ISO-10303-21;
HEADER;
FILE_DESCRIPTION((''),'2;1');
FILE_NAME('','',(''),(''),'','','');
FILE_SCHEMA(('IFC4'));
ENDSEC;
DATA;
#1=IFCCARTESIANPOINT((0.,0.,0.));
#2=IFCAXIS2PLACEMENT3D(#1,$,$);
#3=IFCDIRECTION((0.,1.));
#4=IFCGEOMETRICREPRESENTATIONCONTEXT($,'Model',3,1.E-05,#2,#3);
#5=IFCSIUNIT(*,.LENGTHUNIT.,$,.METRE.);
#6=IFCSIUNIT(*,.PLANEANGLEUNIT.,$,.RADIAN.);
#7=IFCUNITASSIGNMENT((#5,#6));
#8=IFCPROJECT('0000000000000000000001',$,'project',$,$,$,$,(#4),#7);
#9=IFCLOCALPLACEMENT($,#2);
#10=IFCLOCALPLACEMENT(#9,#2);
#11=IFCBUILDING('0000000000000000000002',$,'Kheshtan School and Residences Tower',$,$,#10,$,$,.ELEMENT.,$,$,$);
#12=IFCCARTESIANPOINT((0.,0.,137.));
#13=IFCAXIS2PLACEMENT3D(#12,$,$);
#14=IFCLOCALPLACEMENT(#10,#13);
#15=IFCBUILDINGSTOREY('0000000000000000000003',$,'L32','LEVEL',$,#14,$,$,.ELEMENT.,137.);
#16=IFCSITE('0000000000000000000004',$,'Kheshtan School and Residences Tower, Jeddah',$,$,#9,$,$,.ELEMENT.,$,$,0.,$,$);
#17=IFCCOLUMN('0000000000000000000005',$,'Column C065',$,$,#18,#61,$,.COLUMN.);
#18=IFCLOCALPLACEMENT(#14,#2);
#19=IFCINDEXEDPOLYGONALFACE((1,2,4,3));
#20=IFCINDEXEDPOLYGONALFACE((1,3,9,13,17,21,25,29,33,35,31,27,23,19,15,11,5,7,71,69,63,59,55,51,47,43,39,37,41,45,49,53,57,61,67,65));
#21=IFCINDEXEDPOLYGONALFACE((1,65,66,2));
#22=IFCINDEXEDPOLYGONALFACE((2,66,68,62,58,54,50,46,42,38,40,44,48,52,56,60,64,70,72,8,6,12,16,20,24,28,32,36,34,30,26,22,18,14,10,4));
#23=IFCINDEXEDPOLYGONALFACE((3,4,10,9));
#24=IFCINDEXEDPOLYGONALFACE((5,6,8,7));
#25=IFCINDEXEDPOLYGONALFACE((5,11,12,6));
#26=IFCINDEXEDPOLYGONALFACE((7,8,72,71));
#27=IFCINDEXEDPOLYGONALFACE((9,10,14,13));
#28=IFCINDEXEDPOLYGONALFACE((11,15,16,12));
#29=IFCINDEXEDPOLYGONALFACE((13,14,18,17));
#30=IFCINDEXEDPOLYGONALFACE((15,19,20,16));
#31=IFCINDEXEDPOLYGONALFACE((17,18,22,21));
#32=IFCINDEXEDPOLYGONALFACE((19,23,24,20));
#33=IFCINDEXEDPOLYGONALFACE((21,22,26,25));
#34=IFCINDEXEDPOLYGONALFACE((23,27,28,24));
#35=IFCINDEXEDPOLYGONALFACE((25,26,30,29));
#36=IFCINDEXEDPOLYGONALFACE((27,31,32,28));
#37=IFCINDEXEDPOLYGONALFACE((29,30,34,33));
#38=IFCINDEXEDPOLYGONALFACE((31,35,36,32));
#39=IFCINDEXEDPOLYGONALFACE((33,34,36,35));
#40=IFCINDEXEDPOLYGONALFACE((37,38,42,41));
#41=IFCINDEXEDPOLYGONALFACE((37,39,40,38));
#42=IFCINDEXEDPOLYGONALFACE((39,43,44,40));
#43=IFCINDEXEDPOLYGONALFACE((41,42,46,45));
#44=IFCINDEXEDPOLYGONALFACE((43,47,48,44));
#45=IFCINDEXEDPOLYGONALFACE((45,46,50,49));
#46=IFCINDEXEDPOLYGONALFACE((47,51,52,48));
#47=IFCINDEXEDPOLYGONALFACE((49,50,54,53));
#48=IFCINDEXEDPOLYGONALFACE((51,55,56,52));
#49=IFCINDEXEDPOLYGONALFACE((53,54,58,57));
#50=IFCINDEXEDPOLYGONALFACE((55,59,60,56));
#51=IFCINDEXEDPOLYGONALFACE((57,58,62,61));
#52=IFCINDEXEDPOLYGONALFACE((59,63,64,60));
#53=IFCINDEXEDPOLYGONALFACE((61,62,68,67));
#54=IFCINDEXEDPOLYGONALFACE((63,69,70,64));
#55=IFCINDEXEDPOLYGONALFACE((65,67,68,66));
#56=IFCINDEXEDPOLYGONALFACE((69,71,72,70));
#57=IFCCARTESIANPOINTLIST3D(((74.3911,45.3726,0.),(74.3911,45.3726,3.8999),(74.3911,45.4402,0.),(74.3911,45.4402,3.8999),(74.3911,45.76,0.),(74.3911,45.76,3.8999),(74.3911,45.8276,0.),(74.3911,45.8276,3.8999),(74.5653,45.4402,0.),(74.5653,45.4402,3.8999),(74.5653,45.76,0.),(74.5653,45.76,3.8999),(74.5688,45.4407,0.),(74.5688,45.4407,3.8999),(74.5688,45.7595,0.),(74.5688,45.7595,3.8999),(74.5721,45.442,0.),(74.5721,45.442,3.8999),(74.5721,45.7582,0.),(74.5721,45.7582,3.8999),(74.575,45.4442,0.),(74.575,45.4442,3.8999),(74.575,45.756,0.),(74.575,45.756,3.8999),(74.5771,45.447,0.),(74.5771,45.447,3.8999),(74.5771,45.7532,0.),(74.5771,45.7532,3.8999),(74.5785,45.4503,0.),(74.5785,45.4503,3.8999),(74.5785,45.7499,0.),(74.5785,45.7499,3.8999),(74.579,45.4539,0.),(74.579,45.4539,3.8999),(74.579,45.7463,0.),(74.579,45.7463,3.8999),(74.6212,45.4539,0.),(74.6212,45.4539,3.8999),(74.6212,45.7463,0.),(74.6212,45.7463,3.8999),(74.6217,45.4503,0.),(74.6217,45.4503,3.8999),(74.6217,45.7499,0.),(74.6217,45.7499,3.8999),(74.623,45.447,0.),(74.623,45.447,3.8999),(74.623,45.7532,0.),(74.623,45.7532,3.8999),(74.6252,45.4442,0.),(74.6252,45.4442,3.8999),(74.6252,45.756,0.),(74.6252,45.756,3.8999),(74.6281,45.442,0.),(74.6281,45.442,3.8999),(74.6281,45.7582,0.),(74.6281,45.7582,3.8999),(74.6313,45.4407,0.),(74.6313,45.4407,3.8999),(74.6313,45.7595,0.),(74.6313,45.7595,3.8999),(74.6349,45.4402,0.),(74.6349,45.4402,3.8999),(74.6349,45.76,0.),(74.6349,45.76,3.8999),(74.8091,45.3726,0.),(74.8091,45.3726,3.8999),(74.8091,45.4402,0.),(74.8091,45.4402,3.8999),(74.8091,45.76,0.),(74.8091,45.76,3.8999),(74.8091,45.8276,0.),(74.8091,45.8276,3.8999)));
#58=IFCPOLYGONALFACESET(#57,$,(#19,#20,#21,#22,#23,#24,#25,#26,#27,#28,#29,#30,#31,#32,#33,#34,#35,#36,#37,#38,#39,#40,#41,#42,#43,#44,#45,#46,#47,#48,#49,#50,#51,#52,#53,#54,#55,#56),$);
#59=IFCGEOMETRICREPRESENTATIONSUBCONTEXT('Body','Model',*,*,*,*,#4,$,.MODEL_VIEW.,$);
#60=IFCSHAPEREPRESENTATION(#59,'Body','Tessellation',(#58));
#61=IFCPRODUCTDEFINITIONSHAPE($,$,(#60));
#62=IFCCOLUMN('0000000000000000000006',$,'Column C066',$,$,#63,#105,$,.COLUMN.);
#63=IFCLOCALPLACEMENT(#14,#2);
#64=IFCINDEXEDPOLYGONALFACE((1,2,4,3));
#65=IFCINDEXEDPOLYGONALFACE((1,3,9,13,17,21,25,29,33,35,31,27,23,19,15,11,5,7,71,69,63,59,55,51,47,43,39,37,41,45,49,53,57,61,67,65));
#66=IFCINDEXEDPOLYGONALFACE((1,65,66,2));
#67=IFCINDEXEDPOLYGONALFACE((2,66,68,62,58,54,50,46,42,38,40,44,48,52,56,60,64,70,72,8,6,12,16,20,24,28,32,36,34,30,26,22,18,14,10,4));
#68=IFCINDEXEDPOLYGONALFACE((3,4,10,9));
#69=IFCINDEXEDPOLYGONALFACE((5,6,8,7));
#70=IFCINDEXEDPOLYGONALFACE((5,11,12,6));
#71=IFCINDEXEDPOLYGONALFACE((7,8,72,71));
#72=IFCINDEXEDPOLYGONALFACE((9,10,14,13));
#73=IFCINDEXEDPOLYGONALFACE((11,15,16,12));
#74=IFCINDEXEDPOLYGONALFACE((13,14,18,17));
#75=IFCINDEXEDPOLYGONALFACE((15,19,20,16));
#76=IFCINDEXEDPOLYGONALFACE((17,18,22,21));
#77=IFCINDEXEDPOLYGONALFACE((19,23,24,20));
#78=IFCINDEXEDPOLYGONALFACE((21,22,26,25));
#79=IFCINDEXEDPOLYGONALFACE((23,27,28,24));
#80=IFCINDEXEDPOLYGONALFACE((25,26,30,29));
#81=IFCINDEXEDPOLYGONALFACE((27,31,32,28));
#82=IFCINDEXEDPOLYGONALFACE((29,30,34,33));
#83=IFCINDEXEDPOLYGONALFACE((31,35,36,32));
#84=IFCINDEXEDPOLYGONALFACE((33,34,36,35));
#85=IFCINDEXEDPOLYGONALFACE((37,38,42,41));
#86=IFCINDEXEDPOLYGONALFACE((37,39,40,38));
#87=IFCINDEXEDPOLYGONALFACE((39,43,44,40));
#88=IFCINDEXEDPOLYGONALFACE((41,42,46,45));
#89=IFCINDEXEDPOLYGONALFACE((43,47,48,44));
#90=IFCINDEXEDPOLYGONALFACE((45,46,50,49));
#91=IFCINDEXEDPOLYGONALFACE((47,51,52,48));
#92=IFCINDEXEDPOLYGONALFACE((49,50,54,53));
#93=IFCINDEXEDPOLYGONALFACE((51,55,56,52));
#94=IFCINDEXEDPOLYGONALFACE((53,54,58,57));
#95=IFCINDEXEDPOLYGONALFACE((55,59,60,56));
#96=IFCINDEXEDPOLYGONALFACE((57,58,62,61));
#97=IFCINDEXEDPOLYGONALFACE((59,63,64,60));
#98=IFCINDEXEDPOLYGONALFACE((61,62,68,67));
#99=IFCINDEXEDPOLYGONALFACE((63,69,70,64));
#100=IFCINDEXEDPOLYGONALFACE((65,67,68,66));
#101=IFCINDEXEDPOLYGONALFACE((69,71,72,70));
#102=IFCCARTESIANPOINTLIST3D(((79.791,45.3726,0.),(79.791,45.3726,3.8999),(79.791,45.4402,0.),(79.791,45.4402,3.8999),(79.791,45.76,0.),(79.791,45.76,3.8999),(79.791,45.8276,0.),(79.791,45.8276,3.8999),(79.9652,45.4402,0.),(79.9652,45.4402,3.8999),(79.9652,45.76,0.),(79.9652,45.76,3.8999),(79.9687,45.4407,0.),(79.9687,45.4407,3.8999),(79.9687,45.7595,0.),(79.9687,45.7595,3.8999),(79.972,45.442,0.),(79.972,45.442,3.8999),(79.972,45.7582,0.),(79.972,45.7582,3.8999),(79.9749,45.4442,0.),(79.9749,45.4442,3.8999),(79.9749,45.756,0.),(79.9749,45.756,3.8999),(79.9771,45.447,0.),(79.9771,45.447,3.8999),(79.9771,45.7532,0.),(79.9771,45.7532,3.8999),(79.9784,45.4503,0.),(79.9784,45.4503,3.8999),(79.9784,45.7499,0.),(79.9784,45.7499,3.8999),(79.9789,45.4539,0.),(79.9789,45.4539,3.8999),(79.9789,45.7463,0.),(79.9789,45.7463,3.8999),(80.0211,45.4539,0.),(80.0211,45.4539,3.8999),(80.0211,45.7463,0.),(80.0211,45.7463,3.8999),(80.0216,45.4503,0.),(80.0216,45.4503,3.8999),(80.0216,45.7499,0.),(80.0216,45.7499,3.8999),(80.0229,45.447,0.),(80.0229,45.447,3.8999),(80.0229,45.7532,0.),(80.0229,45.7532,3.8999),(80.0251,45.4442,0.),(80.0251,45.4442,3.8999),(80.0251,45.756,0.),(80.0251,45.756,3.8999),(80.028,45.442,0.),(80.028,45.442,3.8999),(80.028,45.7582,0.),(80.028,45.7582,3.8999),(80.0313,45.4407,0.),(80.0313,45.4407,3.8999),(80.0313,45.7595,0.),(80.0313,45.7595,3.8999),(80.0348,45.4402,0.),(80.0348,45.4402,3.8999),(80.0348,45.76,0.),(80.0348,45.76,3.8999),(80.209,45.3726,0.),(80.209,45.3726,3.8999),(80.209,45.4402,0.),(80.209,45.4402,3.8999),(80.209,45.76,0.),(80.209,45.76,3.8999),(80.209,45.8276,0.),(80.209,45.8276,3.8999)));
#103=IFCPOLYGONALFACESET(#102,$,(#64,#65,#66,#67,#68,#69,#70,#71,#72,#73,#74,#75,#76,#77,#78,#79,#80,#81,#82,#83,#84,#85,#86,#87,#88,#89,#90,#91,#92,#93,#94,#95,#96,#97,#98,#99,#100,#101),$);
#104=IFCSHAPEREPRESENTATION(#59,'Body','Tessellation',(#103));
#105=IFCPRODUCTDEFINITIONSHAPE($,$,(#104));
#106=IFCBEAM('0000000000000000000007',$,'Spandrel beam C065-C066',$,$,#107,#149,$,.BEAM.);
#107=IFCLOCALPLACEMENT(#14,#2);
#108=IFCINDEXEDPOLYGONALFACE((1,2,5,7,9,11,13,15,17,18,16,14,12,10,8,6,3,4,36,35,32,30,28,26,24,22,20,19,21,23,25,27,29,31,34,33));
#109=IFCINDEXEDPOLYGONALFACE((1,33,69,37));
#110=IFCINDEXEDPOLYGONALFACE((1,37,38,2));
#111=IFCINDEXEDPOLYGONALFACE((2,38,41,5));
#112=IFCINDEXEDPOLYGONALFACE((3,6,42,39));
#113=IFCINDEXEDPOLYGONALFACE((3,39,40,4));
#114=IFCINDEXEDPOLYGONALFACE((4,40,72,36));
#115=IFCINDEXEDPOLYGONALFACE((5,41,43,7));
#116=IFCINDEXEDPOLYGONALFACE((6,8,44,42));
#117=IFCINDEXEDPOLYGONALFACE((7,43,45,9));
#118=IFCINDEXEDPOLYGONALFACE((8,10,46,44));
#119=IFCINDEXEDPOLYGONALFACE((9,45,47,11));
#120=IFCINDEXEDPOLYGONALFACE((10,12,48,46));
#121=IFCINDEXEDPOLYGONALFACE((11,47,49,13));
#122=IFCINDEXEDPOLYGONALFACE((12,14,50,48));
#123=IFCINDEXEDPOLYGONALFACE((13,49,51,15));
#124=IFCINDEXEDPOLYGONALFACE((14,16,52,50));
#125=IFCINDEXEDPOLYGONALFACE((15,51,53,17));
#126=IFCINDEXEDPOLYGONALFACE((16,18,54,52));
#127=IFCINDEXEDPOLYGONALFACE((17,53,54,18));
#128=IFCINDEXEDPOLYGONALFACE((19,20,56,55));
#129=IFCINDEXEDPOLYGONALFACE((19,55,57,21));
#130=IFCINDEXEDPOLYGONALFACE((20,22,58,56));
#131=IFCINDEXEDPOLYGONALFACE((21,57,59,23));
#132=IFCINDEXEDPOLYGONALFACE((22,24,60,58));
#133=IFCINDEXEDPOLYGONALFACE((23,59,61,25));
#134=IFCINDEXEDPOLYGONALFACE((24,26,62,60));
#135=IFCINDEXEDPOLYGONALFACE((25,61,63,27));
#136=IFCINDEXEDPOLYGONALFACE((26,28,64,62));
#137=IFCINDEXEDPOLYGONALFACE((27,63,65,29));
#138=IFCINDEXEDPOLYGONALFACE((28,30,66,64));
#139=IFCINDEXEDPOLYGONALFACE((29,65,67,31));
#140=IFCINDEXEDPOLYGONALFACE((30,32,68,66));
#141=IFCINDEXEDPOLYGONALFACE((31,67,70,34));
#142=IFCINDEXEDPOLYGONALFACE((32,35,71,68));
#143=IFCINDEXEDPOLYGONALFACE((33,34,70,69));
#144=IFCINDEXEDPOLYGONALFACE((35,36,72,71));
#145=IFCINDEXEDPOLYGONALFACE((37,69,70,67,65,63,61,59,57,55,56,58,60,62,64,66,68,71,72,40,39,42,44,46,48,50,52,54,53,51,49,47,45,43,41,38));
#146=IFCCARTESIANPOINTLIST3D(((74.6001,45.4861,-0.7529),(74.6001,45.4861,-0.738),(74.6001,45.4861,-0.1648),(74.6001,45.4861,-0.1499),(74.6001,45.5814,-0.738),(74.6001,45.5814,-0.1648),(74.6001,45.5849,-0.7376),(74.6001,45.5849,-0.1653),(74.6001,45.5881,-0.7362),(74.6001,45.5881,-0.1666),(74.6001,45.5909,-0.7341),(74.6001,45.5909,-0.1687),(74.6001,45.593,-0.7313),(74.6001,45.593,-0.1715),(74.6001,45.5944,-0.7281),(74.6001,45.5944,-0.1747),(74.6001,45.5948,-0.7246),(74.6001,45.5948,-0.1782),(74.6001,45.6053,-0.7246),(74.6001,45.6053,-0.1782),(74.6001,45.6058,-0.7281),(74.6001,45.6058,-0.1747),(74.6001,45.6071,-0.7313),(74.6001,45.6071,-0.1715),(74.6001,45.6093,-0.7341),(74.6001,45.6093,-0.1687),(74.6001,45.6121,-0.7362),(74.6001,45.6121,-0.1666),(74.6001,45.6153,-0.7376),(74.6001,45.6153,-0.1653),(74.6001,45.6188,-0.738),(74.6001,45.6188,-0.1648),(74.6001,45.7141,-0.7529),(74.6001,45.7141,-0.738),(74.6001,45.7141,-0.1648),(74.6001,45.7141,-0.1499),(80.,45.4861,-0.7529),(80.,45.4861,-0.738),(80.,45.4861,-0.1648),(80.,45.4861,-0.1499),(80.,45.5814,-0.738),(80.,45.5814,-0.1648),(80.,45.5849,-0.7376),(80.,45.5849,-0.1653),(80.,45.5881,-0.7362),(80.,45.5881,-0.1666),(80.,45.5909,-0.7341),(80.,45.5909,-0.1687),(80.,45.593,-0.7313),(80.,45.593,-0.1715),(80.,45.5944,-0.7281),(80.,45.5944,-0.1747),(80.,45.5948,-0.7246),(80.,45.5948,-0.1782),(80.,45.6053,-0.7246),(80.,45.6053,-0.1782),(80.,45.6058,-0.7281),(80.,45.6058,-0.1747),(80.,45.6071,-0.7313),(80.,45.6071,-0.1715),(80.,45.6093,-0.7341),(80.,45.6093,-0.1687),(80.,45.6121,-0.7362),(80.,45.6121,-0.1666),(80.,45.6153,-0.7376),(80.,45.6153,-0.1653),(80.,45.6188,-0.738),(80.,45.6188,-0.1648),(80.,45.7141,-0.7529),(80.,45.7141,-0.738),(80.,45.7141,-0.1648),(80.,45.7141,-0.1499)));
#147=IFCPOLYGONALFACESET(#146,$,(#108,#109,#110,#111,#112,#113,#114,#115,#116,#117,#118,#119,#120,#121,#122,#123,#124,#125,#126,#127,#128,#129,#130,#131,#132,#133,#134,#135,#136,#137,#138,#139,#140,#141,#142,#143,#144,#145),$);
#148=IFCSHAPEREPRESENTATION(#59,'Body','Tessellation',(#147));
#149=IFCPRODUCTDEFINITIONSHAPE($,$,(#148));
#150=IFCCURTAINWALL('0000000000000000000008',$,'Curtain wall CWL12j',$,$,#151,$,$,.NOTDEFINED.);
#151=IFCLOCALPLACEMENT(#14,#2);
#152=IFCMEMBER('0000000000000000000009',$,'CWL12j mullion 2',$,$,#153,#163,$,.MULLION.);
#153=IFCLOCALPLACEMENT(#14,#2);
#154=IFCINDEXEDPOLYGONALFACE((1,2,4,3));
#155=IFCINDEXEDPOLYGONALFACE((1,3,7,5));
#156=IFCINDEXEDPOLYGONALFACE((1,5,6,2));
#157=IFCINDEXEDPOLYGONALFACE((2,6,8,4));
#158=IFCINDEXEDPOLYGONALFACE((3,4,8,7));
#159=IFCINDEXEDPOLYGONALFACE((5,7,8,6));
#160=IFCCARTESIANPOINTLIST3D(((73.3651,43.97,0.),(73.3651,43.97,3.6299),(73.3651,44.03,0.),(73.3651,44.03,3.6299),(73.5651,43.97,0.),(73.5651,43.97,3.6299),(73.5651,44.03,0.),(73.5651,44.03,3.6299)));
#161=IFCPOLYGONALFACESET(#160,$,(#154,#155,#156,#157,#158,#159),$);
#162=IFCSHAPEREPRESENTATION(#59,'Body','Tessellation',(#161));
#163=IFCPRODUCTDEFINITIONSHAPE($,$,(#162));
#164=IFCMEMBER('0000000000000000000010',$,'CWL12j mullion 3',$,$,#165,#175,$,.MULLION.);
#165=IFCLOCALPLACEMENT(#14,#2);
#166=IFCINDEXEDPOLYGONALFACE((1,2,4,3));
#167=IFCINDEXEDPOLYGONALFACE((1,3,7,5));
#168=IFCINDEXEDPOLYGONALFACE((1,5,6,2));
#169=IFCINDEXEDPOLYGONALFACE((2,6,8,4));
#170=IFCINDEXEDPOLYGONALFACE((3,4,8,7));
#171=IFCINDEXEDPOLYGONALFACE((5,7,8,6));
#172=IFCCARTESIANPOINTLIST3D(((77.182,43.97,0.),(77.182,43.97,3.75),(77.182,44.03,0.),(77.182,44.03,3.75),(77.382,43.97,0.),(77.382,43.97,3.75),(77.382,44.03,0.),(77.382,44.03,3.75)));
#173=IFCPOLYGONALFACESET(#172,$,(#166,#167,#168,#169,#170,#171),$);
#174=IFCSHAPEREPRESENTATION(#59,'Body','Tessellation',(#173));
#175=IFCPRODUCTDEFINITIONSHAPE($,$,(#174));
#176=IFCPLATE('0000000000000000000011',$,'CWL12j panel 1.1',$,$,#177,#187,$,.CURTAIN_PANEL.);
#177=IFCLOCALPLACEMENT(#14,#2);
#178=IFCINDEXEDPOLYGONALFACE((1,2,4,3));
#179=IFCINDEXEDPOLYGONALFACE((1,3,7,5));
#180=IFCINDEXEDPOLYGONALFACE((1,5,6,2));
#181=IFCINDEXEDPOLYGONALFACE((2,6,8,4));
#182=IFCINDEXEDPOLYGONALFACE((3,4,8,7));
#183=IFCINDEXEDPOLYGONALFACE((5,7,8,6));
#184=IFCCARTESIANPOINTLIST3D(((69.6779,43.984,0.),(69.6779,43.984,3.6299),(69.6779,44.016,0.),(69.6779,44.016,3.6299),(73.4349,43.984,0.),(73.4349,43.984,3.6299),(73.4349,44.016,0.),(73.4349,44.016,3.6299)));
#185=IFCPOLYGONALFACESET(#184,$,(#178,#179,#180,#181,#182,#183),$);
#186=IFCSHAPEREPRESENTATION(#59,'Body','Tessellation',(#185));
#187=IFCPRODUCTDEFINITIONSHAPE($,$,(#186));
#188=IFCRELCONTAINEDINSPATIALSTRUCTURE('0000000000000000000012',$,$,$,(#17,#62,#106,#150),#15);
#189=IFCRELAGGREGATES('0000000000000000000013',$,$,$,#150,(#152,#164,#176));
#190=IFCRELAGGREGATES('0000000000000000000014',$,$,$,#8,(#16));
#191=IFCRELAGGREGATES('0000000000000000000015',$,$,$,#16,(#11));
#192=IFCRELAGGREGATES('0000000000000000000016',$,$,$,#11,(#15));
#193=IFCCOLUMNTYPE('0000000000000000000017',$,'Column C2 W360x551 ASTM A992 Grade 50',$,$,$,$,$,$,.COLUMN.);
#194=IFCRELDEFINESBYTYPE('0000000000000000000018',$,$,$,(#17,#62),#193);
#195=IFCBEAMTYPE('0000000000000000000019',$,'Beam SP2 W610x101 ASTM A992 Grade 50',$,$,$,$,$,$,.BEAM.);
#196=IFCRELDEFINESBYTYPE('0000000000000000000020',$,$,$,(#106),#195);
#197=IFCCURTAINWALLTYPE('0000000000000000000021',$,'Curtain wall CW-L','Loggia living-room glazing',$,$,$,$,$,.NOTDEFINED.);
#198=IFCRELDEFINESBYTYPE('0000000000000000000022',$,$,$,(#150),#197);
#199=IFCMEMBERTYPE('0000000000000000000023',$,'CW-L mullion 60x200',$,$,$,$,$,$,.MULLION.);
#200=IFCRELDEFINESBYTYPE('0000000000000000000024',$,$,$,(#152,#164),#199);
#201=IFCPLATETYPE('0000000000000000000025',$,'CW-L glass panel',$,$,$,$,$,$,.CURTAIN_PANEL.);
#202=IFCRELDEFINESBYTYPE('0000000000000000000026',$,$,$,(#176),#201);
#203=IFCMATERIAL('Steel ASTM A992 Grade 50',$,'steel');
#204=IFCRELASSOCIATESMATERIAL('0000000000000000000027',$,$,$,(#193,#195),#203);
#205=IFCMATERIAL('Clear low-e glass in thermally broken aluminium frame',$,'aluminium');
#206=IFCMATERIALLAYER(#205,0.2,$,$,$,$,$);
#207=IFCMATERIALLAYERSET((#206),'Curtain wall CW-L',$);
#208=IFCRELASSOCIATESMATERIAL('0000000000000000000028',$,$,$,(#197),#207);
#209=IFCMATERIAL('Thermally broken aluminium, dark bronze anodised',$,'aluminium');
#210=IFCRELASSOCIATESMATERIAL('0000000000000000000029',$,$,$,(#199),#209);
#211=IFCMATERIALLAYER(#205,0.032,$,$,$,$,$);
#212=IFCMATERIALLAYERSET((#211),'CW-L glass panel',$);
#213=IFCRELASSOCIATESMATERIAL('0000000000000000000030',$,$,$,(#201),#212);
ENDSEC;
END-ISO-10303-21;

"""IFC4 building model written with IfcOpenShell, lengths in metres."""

from ifc_helpers import new_model, si_unit, direction, frame, origin, origin_2d, place, context, subcontext, project, spatial, rectangle, i_section, extrude, material, layer, layer_set, material_profile, profile_set, type_object, element, aggregate, save


model = new_model("IFC4")

# Units and contexts
model_context = context("Model", 3, precision=1e-05, world=origin(), true_north=direction((0.0, 1.0)))
body_context = subcontext(model_context, "Body", "Model", "MODEL_VIEW")
ifc_project = project(units=[si_unit("LENGTHUNIT", "METRE"), si_unit("PLANEANGLEUNIT", "RADIAN")], contexts=[model_context])

# Site, building, storey
site_placement = place(None, origin())
site = spatial("IfcSite", under=ifc_project, at=site_placement, Name="Kheshtan School and Residences Tower, Jeddah", CompositionType="ELEMENT", RefElevation=0.0)
building_placement = place(site_placement, origin())
building = spatial("IfcBuilding", under=site, at=building_placement, Name="Kheshtan School and Residences Tower", CompositionType="ELEMENT")
storey_placement = place(building_placement, frame((0.0, 0.0, 137.0)))
storey = spatial("IfcBuildingStorey", under=building, at=storey_placement, Name="L32", Description="LEVEL", CompositionType="ELEMENT", Elevation=137.0)

# Columns
ifc_material_1 = material(Name="Steel ASTM A992 Grade 50", Category="steel")
ifc_material_profile_1 = material_profile(ifc_material_1, i_section(OverallWidth=0.418, OverallDepth=0.4551, WebThickness=0.0422, FlangeThickness=0.0676, FilletRadius=0.0137, at=origin_2d()), Name="W360x551")
ifc_profile_set_1 = profile_set([ifc_material_profile_1], Name="Steel ASTM A992 Grade 50")
column_type = type_object("IfcColumnType", Name="Column C2 W360x551 ASTM A992 Grade 50", PredefinedType="COLUMN", material=ifc_profile_set_1)
for number, where, z_axis, x_axis, name in (
    (1, (74.6001, 45.6001, 0.0), (0.0, 0.0, 1.0), (1.0, 0.0, 0.0), "Column C065"),
    (2, (80.0, 45.6001, 0.0), (0.0, 0.0, 1.0), (1.0, 0.0, 0.0), "Column C066"),
):
    element("IfcColumn", number, at=place(storey_placement, frame(where, z_axis=z_axis, x_axis=x_axis)), inside=storey, type_object=column_type, Name=name, PredefinedType="COLUMN", context=body_context, shape_type="SweptSolid", body=[
        extrude(i_section(OverallWidth=0.418, OverallDepth=0.4551, WebThickness=0.0422, FlangeThickness=0.0676, FilletRadius=0.0137, at=origin_2d()), origin(), (0.0, 0.0, 1.0), 3.8999),
    ])

# Beam
ifc_material_profile_2 = material_profile(ifc_material_1, i_section(OverallWidth=0.228, OverallDepth=0.603, WebThickness=0.0105, FlangeThickness=0.0149, FilletRadius=0.0134, at=origin_2d()), Name="W610x101")
ifc_profile_set_2 = profile_set([ifc_material_profile_2], Name="Steel ASTM A992 Grade 50")
beam_type = type_object("IfcBeamType", Name="Beam SP2 W610x101 ASTM A992 Grade 50", PredefinedType="BEAM", material=ifc_profile_set_2)
beam_placement = place(storey_placement, frame((74.6001, 45.6001, -0.4514), z_axis=(1.0, 0.0, 0.0), x_axis=(0.0, 1.0, 0.0)))
element("IfcBeam", 3, at=beam_placement, inside=storey, type_object=beam_type, Name="Spandrel beam C065-C066", PredefinedType="BEAM", context=body_context, shape_type="SweptSolid", body=[
    extrude(i_section(OverallWidth=0.228, OverallDepth=0.603, WebThickness=0.0105, FlangeThickness=0.0149, FilletRadius=0.0134, at=origin_2d()), origin(), (0.0, 0.0, 1.0), 5.3999),
])

# Curtain wall, members, plate
ifc_material_2 = material(Name="Clear low-e glass in thermally broken aluminium frame", Category="aluminium")
ifc_layer_1 = layer(ifc_material_2, 0.2)
ifc_layer_set_1 = layer_set([ifc_layer_1], Name="Curtain wall CW-L")
curtain_wall_type = type_object("IfcCurtainWallType", Name="Curtain wall CW-L", Description="Loggia living-room glazing", PredefinedType="NOTDEFINED", material=ifc_layer_set_1)
curtain_wall_placement = place(storey_placement, origin())
curtain_wall = element("IfcCurtainWall", 4, at=curtain_wall_placement, inside=storey, type_object=curtain_wall_type, Name="Curtain wall CWL12j", PredefinedType="NOTDEFINED")
ifc_material_3 = material(Name="Thermally broken aluminium, dark bronze anodised", Category="aluminium")
ifc_material_profile_3 = material_profile(ifc_material_3, rectangle(XDim=0.0601, YDim=0.2, at=origin_2d()), Name="CW-L mullion 60x200")
ifc_profile_set_3 = profile_set([ifc_material_profile_3], Name="Thermally broken aluminium, dark bronze anodised")
member_type = type_object("IfcMemberType", Name="CW-L mullion 60x200", PredefinedType="MULLION", material=ifc_profile_set_3)
member_1_placement = place(storey_placement, frame((73.4651, 44.0, 0.0), z_axis=(0.0, 0.0, 1.0), x_axis=(0.0, 1.0, 0.0)))
member_1 = element("IfcMember", 5, at=member_1_placement, type_object=member_type, Name="CWL12j mullion 2", PredefinedType="MULLION", context=body_context, shape_type="SweptSolid", body=[
    extrude(rectangle(XDim=0.0601, YDim=0.2, at=origin_2d()), origin(), (0.0, 0.0, 1.0), 3.6299),
])
member_2_placement = place(storey_placement, frame((77.282, 44.0, 0.0), z_axis=(0.0, 0.0, 1.0), x_axis=(0.0, 1.0, 0.0)))
member_2 = element("IfcMember", 6, at=member_2_placement, type_object=member_type, Name="CWL12j mullion 3", PredefinedType="MULLION", context=body_context, shape_type="SweptSolid", body=[
    extrude(rectangle(XDim=0.0601, YDim=0.2, at=origin_2d()), origin(), (0.0, 0.0, 1.0), 3.75),
])
ifc_layer_2 = layer(ifc_material_2, 0.032)
ifc_layer_set_2 = layer_set([ifc_layer_2], Name="CW-L glass panel")
plate_type = type_object("IfcPlateType", Name="CW-L glass panel", PredefinedType="CURTAIN_PANEL", material=ifc_layer_set_2)
plate_1_placement = place(storey_placement, frame((71.5564, 44.0, 0.0), z_axis=(0.0, 0.0, 1.0), x_axis=(1.0, 0.0, 0.0)))
plate_1 = element("IfcPlate", 7, at=plate_1_placement, type_object=plate_type, Name="CWL12j panel 1.1", PredefinedType="CURTAIN_PANEL", context=body_context, shape_type="SweptSolid", body=[
    extrude(rectangle(XDim=3.7571, YDim=0.032, at=origin_2d()), origin(), (0.0, 0.0, 1.0), 3.6299),
])
aggregate(curtain_wall, [member_1, member_2, plate_1])

save(model, "model.ifc")
